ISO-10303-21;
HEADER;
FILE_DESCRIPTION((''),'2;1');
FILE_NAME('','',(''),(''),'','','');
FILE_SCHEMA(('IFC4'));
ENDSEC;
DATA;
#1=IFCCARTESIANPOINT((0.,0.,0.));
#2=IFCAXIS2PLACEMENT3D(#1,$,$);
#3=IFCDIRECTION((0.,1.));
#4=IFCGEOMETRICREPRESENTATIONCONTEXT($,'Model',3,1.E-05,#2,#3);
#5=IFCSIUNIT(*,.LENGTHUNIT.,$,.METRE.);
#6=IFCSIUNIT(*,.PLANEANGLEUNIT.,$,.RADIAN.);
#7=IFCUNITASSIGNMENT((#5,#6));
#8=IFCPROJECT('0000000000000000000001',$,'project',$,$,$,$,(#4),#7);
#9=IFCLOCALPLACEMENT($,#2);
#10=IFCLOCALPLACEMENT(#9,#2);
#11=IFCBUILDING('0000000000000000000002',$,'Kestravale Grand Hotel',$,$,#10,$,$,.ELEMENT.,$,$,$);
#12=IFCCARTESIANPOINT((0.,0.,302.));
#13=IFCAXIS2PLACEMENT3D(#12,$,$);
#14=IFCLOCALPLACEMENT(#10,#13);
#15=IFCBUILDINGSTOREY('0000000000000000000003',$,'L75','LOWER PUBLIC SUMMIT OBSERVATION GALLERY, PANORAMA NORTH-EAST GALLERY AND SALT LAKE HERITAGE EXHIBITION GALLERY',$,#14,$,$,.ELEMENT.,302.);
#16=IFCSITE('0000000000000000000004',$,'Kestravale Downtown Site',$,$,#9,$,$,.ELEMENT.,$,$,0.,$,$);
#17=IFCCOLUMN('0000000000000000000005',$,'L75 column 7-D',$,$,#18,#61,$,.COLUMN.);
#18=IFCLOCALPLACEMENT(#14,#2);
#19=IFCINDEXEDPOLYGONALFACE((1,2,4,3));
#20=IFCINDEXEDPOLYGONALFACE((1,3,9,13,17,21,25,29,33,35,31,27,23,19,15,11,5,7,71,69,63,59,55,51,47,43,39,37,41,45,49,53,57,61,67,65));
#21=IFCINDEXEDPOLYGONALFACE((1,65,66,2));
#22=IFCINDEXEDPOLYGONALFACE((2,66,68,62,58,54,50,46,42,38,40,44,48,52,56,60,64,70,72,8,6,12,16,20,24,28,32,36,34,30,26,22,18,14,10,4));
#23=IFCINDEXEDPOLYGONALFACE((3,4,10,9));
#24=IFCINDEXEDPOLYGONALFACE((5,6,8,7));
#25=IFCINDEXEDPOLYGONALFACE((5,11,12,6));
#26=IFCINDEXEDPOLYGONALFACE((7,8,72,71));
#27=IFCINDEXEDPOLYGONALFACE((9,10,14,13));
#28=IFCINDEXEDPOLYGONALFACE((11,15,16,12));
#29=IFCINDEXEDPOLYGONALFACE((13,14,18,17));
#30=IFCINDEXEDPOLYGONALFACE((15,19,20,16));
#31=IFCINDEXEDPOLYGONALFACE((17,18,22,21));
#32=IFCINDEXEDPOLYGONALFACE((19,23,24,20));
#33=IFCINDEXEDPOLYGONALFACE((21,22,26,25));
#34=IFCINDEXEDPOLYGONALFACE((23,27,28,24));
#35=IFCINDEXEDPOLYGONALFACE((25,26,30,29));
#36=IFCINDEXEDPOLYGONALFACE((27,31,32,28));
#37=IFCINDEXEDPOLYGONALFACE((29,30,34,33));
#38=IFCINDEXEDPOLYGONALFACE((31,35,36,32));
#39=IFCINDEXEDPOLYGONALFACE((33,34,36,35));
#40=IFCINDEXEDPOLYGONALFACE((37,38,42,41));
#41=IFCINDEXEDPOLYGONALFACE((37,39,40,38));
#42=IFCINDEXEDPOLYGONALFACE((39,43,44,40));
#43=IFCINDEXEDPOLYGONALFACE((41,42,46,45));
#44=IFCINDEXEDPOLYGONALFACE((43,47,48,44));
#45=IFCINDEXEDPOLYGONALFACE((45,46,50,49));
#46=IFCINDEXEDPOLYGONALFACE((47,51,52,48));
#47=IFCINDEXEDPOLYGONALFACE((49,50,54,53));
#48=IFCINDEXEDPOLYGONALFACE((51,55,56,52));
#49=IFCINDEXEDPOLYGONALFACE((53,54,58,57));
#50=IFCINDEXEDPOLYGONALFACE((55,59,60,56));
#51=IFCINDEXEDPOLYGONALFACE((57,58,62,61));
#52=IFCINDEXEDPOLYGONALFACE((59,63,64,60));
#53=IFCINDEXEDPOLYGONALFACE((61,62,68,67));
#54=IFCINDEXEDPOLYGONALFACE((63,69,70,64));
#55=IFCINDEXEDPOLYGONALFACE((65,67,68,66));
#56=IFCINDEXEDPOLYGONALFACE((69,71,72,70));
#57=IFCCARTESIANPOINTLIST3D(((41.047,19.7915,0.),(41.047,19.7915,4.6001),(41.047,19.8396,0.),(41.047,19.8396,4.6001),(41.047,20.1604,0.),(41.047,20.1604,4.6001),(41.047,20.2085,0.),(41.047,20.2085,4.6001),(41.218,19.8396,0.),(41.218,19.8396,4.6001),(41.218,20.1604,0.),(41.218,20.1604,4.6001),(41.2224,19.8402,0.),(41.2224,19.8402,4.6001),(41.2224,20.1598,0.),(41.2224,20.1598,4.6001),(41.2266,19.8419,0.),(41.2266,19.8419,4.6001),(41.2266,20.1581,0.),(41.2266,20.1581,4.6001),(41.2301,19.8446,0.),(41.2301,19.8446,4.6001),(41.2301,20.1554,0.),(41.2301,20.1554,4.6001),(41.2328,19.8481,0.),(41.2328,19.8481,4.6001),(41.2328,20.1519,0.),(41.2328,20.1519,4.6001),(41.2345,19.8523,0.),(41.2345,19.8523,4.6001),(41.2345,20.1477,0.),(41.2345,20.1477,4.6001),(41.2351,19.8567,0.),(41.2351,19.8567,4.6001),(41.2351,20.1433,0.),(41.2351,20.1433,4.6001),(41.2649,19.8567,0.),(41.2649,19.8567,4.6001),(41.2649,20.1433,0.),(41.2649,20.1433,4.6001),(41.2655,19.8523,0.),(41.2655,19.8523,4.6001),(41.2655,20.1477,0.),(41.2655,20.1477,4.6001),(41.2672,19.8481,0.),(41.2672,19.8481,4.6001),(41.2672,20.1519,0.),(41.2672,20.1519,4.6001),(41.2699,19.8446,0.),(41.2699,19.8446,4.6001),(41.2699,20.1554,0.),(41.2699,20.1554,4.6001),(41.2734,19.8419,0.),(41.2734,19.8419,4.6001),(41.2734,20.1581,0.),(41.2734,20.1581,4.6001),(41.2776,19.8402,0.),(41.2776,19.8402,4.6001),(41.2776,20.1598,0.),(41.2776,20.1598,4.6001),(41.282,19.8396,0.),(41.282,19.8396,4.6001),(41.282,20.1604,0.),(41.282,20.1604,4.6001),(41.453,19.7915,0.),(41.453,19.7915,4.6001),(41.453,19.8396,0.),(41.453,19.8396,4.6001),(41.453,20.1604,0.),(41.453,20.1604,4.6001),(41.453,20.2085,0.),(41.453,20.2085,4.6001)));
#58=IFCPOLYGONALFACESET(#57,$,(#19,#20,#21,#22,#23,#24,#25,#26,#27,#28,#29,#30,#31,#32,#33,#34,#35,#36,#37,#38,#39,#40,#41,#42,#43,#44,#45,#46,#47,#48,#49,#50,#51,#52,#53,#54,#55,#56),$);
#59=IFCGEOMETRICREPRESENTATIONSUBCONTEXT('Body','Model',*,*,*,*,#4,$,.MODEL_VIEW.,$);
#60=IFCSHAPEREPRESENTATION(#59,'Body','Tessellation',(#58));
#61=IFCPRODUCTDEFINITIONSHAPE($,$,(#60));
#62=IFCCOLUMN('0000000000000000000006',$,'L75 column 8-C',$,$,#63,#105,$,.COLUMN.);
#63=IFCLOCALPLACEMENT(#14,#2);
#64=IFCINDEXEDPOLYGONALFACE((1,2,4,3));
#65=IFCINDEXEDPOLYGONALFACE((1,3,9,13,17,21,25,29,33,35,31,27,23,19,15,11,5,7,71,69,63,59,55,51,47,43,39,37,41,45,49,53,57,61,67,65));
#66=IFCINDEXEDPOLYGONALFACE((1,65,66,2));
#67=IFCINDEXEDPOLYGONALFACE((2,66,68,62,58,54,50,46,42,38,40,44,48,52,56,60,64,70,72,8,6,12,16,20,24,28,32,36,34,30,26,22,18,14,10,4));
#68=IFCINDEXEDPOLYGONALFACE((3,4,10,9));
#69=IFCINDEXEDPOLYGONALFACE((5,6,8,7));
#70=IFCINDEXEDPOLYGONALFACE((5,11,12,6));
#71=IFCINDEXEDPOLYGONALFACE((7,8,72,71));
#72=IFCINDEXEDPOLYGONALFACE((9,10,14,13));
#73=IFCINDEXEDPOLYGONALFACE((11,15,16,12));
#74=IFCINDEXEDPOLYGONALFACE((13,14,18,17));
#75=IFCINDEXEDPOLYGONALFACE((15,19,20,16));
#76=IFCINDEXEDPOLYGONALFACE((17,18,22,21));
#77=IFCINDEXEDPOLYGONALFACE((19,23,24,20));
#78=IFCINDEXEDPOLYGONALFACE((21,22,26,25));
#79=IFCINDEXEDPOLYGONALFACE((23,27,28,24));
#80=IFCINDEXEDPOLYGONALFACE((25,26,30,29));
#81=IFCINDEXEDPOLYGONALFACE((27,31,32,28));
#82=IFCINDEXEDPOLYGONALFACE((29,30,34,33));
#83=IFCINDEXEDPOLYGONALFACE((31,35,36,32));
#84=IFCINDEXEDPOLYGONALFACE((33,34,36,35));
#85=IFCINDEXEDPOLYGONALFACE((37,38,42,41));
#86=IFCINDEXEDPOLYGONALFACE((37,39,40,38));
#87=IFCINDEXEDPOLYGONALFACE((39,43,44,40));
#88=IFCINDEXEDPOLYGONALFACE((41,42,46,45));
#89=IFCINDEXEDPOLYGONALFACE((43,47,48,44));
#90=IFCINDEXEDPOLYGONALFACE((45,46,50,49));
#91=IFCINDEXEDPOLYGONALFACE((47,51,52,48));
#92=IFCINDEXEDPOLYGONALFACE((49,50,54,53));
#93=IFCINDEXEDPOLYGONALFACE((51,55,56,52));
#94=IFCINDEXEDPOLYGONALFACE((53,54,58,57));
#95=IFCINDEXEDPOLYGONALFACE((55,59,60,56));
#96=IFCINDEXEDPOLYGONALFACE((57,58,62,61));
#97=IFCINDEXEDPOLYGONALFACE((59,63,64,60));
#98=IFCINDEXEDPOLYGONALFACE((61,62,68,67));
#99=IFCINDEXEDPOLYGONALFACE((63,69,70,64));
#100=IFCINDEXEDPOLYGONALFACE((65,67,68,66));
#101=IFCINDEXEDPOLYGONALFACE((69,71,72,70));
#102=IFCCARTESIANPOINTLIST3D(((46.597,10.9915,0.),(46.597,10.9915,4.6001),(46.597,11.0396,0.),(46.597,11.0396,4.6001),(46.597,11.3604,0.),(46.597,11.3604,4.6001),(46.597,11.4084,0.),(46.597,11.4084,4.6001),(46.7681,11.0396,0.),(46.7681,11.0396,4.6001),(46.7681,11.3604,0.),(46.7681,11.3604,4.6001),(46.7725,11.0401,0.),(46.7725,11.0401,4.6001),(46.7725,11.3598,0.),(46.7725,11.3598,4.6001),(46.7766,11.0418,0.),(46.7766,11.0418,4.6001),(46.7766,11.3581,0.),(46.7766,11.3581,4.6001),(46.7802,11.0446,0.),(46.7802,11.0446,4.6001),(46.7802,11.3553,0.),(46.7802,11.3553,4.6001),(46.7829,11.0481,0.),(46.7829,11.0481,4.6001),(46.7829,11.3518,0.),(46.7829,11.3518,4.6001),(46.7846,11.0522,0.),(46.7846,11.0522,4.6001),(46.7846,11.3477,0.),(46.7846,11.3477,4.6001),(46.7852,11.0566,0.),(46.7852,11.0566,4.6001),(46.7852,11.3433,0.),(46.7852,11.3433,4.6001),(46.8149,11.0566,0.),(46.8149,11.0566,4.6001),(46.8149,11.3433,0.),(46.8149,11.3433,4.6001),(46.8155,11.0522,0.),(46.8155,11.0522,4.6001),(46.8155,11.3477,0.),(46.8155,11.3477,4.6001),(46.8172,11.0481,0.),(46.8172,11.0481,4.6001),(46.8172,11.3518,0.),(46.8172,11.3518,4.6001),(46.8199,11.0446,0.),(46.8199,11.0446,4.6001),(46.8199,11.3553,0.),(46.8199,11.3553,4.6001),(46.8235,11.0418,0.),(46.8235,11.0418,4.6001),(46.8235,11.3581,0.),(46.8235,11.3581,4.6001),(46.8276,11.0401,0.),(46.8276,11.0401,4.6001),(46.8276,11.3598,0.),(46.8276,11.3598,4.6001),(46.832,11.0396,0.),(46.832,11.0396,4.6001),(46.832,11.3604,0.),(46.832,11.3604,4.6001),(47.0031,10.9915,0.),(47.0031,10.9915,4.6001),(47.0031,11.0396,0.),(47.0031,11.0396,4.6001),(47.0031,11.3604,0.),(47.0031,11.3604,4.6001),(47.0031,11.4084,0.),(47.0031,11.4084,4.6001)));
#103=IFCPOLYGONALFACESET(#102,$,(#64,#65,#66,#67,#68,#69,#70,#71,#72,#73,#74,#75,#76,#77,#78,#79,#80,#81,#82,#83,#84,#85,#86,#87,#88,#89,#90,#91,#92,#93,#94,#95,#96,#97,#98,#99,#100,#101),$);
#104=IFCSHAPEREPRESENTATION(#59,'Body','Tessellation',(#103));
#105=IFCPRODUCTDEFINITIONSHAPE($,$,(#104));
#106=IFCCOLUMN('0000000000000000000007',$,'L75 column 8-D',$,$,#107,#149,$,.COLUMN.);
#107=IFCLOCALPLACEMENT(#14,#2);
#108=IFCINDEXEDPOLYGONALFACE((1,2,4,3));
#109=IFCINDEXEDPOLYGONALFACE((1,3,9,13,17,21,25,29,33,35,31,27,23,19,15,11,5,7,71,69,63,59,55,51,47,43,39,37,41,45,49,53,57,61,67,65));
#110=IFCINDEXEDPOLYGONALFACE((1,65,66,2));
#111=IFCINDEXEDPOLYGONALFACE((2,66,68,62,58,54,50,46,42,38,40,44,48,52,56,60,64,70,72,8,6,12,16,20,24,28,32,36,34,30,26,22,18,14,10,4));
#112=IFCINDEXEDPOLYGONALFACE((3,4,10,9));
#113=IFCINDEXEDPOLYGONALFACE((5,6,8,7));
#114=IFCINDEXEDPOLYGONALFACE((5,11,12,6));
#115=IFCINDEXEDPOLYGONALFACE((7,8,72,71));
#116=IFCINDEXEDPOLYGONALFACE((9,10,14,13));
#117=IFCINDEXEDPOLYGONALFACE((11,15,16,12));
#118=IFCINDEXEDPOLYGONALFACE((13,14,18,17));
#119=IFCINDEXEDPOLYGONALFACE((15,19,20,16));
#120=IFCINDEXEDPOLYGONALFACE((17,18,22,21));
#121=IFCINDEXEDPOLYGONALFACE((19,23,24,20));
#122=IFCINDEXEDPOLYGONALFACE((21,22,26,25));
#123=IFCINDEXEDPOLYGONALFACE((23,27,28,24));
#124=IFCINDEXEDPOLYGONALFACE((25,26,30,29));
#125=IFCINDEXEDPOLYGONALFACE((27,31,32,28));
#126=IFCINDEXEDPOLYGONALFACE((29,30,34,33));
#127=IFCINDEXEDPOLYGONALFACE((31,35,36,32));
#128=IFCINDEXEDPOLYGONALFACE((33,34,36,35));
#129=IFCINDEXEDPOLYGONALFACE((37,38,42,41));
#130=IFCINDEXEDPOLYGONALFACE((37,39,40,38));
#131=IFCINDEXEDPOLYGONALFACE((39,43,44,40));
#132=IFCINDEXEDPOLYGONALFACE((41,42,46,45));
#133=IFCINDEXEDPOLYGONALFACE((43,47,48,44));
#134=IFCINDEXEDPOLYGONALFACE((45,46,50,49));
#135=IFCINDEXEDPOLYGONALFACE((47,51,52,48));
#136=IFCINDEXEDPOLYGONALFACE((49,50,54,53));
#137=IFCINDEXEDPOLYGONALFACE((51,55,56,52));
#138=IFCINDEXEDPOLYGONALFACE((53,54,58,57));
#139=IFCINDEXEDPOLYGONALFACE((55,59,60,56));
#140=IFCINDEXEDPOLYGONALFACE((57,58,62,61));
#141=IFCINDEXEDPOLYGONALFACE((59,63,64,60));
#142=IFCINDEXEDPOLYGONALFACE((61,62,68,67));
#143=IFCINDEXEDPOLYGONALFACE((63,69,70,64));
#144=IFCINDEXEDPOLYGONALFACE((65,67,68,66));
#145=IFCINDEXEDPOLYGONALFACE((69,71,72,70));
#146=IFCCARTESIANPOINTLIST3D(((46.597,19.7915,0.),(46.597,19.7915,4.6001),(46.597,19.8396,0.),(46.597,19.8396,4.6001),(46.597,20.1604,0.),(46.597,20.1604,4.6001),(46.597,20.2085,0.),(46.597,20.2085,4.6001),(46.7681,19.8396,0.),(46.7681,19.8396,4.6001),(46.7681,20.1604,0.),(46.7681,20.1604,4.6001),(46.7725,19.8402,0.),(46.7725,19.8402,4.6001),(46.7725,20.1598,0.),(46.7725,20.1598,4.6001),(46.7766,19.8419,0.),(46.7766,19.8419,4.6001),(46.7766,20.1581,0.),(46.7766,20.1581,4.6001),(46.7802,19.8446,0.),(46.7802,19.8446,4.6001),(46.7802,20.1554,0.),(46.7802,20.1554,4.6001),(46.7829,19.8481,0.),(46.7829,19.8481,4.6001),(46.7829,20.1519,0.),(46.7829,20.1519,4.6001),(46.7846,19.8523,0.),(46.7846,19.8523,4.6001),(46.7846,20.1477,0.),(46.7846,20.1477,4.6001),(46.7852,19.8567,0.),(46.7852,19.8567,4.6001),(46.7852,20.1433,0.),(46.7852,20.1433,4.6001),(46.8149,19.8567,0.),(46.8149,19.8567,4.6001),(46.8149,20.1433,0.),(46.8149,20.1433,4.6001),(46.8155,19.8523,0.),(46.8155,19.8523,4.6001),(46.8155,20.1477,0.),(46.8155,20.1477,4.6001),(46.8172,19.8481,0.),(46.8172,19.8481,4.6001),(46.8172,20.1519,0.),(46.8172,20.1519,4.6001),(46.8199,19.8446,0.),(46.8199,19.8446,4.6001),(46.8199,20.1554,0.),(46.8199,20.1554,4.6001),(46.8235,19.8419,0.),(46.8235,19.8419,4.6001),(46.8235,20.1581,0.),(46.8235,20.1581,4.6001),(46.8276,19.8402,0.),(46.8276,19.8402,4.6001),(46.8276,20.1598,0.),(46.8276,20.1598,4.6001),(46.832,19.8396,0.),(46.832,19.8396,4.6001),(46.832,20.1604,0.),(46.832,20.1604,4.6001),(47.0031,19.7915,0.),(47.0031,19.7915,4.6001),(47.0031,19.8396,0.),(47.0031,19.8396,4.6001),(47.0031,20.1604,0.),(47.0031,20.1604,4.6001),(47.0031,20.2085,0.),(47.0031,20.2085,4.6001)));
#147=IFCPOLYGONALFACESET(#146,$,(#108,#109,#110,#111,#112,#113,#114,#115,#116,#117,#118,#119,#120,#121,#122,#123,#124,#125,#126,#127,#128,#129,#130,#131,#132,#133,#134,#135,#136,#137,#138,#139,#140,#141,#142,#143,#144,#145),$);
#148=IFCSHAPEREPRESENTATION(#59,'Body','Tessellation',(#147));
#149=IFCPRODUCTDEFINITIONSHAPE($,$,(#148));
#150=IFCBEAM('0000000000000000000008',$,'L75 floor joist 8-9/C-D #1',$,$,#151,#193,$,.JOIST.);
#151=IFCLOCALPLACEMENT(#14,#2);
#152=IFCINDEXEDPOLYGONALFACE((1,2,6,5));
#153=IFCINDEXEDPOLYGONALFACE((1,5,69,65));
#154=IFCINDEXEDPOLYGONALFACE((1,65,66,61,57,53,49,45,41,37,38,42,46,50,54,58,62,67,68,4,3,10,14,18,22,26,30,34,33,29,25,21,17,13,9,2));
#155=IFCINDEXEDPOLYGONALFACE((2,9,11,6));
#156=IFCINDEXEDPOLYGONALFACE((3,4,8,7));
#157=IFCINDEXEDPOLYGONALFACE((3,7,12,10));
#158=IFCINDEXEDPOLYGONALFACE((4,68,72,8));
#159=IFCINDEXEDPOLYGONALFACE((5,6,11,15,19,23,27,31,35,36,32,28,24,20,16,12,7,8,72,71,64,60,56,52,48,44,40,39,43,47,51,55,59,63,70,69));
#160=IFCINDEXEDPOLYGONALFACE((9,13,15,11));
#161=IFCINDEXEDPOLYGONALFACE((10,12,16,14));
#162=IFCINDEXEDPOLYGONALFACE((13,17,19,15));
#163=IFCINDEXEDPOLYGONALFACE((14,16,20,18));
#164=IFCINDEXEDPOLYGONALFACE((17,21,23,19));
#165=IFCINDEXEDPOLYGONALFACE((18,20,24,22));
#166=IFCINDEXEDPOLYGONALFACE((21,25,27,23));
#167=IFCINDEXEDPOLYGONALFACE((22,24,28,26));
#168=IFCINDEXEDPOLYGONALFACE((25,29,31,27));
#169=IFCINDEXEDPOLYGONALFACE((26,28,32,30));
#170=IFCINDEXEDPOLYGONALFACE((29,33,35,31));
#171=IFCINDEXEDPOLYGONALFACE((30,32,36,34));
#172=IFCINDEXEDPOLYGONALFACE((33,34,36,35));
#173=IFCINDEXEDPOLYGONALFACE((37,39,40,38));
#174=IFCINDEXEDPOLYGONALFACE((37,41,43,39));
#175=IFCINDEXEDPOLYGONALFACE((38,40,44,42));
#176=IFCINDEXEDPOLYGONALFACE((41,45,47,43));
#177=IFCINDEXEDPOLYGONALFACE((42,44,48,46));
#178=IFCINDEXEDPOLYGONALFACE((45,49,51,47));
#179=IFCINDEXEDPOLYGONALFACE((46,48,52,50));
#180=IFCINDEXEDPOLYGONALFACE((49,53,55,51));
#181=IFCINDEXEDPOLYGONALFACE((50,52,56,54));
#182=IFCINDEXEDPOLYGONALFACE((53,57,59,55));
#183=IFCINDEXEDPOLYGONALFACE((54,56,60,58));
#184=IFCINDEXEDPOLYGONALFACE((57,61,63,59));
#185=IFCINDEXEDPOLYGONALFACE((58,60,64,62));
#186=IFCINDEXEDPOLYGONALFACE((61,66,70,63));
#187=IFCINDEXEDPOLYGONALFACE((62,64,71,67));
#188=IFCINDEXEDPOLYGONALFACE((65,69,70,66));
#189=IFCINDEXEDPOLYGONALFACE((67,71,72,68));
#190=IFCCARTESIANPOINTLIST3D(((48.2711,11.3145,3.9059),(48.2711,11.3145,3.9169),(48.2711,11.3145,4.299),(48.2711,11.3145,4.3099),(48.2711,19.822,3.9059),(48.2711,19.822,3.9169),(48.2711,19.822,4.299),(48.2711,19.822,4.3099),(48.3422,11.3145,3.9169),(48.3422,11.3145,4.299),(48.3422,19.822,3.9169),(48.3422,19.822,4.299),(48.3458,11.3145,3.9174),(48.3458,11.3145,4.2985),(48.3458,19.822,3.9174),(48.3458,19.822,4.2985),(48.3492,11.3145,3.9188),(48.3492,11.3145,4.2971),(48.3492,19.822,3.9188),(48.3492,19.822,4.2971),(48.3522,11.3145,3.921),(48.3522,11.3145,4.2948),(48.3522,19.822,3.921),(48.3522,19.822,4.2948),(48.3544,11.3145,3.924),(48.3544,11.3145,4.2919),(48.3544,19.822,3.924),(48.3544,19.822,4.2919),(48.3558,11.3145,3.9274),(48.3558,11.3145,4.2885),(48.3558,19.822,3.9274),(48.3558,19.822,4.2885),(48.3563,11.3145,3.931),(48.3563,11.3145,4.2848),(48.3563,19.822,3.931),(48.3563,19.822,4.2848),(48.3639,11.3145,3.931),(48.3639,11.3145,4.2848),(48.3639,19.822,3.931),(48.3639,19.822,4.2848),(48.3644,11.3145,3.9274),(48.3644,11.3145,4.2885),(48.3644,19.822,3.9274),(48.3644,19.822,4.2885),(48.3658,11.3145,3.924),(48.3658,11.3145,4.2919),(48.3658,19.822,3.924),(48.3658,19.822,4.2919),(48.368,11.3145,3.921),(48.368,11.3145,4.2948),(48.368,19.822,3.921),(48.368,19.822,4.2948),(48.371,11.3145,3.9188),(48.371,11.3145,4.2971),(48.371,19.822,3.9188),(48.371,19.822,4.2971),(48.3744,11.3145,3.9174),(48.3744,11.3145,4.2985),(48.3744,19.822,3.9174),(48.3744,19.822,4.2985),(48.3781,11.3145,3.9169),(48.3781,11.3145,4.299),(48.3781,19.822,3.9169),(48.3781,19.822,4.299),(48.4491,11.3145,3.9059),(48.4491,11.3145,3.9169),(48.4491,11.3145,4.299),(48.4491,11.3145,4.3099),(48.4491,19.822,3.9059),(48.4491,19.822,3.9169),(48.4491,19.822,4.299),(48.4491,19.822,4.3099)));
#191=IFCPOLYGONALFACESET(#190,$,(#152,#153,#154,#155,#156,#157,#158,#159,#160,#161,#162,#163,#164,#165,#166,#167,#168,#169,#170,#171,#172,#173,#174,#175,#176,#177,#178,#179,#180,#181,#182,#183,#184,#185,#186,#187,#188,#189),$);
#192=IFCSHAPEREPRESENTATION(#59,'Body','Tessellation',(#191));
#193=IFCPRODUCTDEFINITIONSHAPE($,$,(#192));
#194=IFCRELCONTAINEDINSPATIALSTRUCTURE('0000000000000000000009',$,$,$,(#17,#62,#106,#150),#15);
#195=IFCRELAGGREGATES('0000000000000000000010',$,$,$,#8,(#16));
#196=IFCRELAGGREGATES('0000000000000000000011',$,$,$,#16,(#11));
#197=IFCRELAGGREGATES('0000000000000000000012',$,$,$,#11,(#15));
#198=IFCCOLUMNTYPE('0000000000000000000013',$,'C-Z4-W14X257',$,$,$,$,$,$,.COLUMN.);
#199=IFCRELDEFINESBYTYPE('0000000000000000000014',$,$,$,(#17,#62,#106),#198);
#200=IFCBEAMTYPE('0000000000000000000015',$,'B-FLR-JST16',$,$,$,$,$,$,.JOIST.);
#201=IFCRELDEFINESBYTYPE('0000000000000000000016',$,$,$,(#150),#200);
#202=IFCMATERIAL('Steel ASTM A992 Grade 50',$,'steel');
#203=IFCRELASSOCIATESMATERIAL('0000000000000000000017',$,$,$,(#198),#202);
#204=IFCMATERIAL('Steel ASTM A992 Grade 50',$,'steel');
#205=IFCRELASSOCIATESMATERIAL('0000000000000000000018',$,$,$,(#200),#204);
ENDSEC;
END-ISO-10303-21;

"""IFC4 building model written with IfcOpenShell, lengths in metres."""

from ifc_helpers import new_model, si_unit, direction, frame, origin, origin_2d, place, context, subcontext, project, spatial, i_section, extrude, material, material_profile, profile_set, type_object, element, save


model = new_model("IFC4")

# Units and contexts
model_context = context("Model", 3, precision=1e-05, world=origin(), true_north=direction((0.0, 1.0)))
body_context = subcontext(model_context, "Body", "Model", "MODEL_VIEW")
ifc_project = project(units=[si_unit("LENGTHUNIT", "METRE"), si_unit("PLANEANGLEUNIT", "RADIAN")], contexts=[model_context])

# Site, building, storey
site_placement = place(None, origin())
site = spatial("IfcSite", under=ifc_project, at=site_placement, Name="Kestravale Downtown Site", CompositionType="ELEMENT", RefElevation=0.0)
building_placement = place(site_placement, origin())
building = spatial("IfcBuilding", under=site, at=building_placement, Name="Kestravale Grand Hotel", CompositionType="ELEMENT")
storey_placement = place(building_placement, frame((0.0, 0.0, 302.0)))
storey = spatial("IfcBuildingStorey", under=building, at=storey_placement, Name="L75", Description="LOWER PUBLIC SUMMIT OBSERVATION GALLERY, PANORAMA NORTH-EAST GALLERY AND SALT LAKE HERITAGE EXHIBITION GALLERY", CompositionType="ELEMENT", Elevation=302.0)

# Columns
ifc_material_1 = material(Name="Steel ASTM A992 Grade 50", Category="steel")
ifc_material_profile_1 = material_profile(ifc_material_1, i_section(OverallWidth=0.406, OverallDepth=0.417, WebThickness=0.0298, FlangeThickness=0.0481, FilletRadius=0.0171, at=origin_2d()))
ifc_profile_set_1 = profile_set([ifc_material_profile_1], Name="Steel ASTM A992 Grade 50")
column_type = type_object("IfcColumnType", Name="C-Z4-W14X257", PredefinedType="COLUMN", material=ifc_profile_set_1)
for number, where, z_axis, x_axis, name in (
    (1, (41.25, 20.0, 0.0), (0.0, 0.0, 1.0), (1.0, 0.0, 0.0), "L75 column 7-D"),
    (2, (46.8, 11.2, 0.0), (0.0, 0.0, 1.0), (1.0, 0.0, 0.0), "L75 column 8-C"),
    (3, (46.8, 20.0, 0.0), (0.0, 0.0, 1.0), (1.0, 0.0, 0.0), "L75 column 8-D"),
):
    element("IfcColumn", number, at=place(storey_placement, frame(where, z_axis=z_axis, x_axis=x_axis)), inside=storey, type_object=column_type, Name=name, PredefinedType="COLUMN", context=body_context, shape_type="SweptSolid", body=[
        extrude(i_section(OverallWidth=0.406, OverallDepth=0.417, WebThickness=0.0298, FlangeThickness=0.0481, FilletRadius=0.0171, at=origin_2d()), origin(), (0.0, 0.0, 1.0), 4.6001),
    ])

# Beam
ifc_material_2 = material(Name="Steel ASTM A992 Grade 50", Category="steel")
ifc_material_profile_2 = material_profile(ifc_material_2, i_section(OverallWidth=0.178, OverallDepth=0.4041, WebThickness=0.0076, FlangeThickness=0.011, FilletRadius=0.0142, at=origin_2d()))
ifc_profile_set_2 = profile_set([ifc_material_profile_2], Name="Steel ASTM A992 Grade 50")
beam_type_1 = type_object("IfcBeamType", Name="B-FLR-JST16", PredefinedType="JOIST", material=ifc_profile_set_2)
for number, where, z_axis, x_axis, name in (
    (4, (48.3601, 11.3145, 4.1079), (0.0, 1.0, 0.0), (-1.0, 0.0, 0.0), "L75 floor joist 8-9/C-D #1"),
):
    element("IfcBeam", number, at=place(storey_placement, frame(where, z_axis=z_axis, x_axis=x_axis)), inside=storey, type_object=beam_type_1, Name=name, PredefinedType="JOIST", context=body_context, shape_type="SweptSolid", body=[
        extrude(i_section(OverallWidth=0.178, OverallDepth=0.4041, WebThickness=0.0076, FlangeThickness=0.011, FilletRadius=0.0142, at=origin_2d()), origin(), (0.0, 0.0, 1.0), 8.5076),
    ])

save(model, "model.ifc")
